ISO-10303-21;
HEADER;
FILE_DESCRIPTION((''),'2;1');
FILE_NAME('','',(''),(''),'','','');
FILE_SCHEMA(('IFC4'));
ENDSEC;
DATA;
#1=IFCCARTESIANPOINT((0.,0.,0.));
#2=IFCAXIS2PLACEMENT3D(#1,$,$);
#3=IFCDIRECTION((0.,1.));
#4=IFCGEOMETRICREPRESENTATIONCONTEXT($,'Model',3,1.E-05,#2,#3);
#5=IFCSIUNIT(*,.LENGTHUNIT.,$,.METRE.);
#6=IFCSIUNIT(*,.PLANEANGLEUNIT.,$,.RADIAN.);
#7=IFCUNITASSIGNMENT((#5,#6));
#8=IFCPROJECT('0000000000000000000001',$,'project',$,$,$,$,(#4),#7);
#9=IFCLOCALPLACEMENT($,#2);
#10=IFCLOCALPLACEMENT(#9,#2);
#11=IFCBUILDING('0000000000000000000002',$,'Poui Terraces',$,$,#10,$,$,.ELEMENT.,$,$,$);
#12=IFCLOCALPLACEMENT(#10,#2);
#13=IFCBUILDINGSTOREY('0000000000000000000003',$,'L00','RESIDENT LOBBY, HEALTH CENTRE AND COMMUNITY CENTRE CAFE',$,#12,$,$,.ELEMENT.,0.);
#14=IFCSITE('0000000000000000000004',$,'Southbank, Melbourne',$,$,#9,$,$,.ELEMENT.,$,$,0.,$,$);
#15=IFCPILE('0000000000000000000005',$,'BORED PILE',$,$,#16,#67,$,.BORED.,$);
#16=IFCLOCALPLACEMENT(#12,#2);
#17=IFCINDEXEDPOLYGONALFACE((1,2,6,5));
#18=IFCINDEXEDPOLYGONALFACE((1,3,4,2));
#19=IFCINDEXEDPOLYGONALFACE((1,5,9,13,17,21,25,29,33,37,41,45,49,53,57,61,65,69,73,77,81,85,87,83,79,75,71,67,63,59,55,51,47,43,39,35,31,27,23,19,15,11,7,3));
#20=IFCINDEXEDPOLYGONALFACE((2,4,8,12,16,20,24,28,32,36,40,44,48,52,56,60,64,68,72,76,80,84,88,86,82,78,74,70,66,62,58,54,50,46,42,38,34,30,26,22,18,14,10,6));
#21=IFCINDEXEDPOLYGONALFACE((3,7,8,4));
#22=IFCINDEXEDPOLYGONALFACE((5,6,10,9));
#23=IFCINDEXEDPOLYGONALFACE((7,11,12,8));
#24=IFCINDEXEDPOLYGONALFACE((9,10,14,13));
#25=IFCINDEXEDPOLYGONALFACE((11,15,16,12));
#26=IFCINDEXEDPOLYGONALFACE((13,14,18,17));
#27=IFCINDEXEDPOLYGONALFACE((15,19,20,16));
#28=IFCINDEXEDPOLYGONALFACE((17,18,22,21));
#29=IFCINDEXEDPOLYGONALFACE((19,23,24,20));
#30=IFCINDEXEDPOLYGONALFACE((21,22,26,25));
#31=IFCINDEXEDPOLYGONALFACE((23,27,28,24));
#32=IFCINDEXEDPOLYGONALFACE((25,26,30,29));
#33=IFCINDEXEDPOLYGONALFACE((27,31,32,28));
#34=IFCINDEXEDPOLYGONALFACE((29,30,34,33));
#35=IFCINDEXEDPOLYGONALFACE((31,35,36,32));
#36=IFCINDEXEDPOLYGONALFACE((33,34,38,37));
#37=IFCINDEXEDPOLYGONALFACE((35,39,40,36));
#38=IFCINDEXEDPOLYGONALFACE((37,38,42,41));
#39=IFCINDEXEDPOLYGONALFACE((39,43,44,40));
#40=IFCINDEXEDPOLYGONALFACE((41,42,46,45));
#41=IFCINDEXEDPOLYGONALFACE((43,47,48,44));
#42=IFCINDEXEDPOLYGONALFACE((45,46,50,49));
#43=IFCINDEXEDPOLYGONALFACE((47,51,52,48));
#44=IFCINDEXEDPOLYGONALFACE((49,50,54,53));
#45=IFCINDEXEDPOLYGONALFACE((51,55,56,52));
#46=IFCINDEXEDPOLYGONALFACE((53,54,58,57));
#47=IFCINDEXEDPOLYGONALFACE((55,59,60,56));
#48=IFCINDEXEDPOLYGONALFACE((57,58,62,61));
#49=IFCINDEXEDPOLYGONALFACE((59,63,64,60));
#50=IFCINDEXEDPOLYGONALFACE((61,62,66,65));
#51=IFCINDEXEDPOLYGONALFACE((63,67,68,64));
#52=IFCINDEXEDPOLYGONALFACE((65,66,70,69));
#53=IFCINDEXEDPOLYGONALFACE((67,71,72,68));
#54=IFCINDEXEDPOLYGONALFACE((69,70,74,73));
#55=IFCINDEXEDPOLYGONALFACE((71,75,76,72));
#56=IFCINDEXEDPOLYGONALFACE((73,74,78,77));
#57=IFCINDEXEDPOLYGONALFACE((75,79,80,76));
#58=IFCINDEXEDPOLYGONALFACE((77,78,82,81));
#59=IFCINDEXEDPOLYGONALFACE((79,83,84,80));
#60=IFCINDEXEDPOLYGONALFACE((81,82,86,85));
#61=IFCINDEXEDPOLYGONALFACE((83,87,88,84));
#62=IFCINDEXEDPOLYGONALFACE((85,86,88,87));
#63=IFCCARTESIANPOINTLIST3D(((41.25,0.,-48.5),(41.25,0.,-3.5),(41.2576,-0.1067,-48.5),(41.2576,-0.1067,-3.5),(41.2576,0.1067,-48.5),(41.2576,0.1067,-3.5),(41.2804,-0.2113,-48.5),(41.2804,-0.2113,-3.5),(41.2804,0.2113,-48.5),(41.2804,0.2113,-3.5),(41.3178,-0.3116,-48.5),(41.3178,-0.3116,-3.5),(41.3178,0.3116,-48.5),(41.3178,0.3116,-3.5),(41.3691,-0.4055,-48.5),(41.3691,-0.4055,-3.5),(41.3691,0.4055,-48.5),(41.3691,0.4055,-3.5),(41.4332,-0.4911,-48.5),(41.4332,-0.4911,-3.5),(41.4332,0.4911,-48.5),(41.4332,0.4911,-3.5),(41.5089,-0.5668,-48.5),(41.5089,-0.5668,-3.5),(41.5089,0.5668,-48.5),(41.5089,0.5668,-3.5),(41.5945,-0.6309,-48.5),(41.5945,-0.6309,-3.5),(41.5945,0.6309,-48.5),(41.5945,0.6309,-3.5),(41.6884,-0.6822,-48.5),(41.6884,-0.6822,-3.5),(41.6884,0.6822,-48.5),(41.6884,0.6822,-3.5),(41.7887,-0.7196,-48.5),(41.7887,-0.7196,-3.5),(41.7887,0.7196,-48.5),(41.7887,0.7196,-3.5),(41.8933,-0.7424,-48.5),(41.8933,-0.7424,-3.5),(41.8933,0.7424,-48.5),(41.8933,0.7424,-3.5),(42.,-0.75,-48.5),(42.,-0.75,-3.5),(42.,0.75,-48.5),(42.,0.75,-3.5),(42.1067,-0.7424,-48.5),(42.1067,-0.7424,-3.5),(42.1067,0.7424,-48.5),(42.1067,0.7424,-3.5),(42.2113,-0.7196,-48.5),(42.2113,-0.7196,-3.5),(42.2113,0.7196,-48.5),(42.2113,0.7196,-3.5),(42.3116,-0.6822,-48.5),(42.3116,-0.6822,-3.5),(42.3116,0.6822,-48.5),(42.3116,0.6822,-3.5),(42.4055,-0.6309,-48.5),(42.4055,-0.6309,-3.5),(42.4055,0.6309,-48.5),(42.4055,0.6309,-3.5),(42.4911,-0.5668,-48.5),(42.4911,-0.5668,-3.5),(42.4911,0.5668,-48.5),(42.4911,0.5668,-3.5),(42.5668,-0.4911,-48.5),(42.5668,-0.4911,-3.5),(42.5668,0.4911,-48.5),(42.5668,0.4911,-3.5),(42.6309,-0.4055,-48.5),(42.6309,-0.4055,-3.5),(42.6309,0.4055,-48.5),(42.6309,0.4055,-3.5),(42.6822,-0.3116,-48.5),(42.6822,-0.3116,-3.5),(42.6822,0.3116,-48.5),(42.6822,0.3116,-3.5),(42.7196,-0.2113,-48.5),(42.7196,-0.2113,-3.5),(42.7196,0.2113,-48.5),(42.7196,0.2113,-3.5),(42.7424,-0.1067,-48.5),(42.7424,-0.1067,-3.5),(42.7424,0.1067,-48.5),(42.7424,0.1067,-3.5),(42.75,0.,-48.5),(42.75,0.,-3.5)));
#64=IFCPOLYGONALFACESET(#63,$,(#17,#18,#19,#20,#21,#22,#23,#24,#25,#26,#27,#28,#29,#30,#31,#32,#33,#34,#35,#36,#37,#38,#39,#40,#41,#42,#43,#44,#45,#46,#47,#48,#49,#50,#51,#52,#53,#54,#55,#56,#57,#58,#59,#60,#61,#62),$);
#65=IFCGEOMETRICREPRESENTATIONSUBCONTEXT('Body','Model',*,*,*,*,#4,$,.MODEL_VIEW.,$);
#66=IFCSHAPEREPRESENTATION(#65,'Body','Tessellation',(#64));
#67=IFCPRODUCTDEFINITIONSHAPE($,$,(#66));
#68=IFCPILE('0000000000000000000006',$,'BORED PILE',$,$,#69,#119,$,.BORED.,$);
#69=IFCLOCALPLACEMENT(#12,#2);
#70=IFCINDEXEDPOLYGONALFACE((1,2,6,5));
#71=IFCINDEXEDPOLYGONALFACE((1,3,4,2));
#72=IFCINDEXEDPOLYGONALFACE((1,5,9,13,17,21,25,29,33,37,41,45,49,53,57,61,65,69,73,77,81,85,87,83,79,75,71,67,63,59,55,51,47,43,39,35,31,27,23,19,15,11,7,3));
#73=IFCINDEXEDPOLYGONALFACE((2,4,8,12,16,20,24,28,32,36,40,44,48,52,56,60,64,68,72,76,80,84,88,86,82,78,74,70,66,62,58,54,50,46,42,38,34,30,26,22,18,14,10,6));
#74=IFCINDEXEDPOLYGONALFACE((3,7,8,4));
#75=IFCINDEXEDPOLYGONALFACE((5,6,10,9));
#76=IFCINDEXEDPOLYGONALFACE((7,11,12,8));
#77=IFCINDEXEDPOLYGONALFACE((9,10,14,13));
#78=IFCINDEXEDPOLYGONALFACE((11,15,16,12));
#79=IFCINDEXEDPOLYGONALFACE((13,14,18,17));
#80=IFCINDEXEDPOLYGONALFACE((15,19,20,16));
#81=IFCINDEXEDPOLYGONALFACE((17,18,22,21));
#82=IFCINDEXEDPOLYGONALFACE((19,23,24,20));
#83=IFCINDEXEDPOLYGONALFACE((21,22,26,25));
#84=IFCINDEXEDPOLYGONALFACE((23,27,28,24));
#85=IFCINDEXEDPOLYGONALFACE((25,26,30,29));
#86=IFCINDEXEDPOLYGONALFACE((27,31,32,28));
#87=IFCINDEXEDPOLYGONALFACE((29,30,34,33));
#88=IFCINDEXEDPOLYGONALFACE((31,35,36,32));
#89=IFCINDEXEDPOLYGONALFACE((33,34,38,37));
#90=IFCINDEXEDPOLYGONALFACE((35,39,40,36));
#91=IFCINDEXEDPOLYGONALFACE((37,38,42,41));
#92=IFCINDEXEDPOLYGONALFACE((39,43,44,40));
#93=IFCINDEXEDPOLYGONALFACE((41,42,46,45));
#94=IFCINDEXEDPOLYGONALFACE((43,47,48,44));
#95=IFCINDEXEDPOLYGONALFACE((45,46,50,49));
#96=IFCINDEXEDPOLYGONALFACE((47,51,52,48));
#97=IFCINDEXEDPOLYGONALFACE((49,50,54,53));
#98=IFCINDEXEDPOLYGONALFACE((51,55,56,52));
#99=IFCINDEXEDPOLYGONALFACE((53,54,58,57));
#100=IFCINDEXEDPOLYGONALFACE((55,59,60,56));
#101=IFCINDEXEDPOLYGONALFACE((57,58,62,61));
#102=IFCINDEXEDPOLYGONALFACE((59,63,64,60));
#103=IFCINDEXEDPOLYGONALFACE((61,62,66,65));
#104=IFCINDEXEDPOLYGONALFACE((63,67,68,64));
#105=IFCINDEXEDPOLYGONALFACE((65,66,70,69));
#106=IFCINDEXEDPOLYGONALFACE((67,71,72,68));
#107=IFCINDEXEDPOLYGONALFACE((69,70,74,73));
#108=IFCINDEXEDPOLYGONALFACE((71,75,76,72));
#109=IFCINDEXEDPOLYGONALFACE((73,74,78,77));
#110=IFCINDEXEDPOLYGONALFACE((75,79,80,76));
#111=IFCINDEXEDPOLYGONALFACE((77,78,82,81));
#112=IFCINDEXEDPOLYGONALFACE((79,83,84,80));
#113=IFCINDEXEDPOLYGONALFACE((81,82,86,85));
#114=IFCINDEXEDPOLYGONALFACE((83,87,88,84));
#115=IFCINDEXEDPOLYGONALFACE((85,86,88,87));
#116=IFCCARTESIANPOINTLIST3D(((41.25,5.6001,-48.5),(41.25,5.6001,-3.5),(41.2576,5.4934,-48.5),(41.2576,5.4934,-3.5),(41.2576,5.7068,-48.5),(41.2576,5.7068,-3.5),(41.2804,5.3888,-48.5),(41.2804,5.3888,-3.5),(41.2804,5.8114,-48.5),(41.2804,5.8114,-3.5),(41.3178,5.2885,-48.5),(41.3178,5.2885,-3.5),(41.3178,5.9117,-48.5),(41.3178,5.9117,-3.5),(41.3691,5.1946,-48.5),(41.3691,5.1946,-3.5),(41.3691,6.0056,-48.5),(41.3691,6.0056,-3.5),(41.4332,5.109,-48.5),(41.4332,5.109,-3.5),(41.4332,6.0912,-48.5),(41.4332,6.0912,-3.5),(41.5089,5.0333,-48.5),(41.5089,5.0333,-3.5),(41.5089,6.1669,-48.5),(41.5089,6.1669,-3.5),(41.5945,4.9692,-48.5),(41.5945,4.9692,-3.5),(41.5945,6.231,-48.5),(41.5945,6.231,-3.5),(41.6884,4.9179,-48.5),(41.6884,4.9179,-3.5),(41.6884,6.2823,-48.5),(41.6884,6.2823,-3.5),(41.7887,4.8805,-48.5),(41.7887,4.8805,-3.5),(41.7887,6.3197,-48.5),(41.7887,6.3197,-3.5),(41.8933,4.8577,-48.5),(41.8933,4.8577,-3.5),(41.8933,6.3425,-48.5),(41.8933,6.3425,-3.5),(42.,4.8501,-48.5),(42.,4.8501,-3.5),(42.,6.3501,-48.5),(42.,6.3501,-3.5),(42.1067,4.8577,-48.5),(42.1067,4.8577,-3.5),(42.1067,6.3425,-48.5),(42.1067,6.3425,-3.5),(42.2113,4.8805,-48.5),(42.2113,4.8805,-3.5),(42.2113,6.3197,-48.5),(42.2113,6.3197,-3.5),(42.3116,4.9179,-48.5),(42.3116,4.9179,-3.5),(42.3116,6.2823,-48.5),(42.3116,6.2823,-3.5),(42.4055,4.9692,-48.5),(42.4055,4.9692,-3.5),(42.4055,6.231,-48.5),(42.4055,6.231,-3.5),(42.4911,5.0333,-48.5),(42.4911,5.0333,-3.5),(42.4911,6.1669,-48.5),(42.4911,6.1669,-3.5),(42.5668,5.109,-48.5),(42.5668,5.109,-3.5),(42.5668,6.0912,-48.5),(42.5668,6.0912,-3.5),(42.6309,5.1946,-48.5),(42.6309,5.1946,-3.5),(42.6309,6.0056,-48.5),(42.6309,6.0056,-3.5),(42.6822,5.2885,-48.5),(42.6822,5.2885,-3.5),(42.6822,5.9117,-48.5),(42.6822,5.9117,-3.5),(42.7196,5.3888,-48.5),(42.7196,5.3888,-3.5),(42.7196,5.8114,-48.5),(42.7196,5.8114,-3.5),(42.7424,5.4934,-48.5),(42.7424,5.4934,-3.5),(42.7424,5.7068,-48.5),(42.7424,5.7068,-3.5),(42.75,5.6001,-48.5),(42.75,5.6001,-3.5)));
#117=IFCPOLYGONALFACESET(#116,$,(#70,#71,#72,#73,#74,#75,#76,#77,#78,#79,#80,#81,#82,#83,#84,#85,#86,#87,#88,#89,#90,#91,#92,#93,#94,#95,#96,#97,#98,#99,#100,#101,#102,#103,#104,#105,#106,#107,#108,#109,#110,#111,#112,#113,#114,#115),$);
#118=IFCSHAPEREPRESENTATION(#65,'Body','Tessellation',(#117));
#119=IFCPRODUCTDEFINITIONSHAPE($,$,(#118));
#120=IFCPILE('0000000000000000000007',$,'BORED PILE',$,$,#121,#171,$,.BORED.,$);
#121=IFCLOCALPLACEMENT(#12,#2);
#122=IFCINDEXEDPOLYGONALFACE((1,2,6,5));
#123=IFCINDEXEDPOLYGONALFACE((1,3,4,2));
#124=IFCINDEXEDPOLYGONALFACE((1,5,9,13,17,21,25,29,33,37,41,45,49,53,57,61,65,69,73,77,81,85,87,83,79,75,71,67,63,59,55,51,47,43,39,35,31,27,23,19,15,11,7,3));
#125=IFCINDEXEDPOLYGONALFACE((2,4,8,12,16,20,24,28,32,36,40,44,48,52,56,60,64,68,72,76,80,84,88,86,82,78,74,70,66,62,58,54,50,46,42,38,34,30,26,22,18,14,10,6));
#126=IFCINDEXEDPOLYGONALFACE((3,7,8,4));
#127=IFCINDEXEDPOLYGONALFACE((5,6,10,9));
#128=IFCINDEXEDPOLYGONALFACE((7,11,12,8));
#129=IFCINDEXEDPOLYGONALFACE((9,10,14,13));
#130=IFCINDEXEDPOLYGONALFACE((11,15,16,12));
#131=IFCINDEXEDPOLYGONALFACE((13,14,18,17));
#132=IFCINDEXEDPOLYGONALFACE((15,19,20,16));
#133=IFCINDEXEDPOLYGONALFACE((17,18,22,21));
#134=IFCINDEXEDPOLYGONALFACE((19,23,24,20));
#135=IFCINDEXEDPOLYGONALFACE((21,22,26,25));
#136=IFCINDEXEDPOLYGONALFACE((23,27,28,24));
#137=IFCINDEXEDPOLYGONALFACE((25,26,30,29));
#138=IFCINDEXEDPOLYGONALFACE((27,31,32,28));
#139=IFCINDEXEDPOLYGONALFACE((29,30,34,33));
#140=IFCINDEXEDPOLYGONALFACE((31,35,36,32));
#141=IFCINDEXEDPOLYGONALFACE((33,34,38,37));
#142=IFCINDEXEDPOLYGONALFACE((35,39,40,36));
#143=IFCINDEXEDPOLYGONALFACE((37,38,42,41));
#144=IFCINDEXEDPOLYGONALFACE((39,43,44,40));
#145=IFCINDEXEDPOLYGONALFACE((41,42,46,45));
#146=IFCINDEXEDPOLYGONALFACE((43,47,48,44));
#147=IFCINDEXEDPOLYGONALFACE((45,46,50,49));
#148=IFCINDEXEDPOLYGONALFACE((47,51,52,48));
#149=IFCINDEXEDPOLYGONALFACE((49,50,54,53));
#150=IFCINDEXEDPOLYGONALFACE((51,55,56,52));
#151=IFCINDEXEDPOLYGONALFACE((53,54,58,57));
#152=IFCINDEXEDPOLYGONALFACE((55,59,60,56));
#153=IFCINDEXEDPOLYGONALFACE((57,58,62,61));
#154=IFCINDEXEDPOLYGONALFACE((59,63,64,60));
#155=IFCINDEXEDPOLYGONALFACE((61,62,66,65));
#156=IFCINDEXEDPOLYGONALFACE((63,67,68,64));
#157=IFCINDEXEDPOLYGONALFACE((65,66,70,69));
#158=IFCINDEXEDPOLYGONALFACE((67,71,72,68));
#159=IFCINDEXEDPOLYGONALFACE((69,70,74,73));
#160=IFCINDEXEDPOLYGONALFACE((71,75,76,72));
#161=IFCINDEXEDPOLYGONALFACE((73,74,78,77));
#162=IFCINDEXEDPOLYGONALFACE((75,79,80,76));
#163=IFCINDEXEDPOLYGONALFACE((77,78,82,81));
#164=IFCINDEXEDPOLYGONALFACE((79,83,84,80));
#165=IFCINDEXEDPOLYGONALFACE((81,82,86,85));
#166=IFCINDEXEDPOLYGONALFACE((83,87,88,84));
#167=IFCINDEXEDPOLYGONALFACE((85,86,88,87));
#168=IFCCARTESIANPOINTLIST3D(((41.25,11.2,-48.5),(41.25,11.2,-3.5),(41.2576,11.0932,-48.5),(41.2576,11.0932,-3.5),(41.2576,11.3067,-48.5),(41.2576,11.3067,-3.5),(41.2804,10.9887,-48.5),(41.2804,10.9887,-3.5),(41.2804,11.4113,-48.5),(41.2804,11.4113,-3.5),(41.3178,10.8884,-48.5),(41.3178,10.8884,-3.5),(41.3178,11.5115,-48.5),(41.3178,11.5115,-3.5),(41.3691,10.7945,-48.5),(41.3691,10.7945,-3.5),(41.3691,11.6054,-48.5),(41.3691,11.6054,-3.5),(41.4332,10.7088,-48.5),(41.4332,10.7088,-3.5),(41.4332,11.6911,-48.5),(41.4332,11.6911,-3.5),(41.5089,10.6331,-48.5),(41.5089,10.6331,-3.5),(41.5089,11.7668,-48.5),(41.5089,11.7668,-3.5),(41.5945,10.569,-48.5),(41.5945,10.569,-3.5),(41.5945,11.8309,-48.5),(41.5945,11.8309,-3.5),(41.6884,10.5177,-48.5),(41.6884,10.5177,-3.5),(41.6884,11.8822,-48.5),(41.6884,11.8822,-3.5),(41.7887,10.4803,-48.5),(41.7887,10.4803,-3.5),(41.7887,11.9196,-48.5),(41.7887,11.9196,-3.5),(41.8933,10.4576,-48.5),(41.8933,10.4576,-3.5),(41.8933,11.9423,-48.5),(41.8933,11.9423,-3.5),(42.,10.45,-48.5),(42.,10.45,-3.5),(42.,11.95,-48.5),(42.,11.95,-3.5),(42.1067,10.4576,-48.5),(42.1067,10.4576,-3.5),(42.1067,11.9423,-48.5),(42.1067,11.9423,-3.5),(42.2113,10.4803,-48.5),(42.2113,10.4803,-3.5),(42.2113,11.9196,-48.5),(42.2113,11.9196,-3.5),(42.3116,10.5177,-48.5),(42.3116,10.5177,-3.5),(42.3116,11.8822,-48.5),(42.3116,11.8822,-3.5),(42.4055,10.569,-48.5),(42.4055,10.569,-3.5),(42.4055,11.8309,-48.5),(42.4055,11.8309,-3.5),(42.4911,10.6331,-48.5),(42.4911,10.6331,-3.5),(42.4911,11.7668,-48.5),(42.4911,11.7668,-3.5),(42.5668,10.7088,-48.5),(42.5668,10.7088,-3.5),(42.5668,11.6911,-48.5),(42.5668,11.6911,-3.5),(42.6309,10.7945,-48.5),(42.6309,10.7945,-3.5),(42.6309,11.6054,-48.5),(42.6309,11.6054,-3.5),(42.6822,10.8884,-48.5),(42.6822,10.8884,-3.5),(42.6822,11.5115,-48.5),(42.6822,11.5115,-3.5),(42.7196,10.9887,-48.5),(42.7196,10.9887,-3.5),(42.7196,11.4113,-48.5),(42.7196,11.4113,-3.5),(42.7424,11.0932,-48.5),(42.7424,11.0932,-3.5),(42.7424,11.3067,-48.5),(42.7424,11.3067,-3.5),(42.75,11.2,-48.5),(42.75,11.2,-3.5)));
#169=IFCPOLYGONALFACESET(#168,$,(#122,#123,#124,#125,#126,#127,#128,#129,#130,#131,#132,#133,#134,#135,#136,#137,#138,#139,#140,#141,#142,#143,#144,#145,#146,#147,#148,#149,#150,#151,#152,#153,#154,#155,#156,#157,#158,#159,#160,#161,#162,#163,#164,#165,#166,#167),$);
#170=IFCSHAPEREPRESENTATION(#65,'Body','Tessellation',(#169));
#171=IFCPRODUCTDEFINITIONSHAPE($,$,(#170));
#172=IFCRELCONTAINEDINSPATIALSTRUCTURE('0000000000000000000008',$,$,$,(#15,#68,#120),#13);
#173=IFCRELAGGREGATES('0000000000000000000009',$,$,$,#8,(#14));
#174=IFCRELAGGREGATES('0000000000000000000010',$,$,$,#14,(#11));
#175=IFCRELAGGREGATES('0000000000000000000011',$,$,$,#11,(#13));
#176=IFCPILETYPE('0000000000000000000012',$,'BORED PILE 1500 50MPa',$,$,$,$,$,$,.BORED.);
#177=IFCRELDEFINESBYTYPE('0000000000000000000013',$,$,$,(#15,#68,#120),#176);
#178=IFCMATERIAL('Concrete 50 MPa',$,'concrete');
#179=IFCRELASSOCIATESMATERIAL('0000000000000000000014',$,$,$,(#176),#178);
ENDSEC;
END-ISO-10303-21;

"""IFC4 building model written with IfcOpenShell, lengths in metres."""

from ifc_helpers import new_model, si_unit, direction, frame, origin, origin_2d, place, context, subcontext, project, spatial, circle, extrude, material, material_profile, profile_set, type_object, element, save


model = new_model("IFC4")

# Units and contexts
model_context = context("Model", 3, precision=1e-05, world=origin(), true_north=direction((0.0, 1.0)))
body_context = subcontext(model_context, "Body", "Model", "MODEL_VIEW")
ifc_project = project(units=[si_unit("LENGTHUNIT", "METRE"), si_unit("PLANEANGLEUNIT", "RADIAN")], contexts=[model_context])

# Site, building, storey
site_placement = place(None, origin())
site = spatial("IfcSite", under=ifc_project, at=site_placement, Name="Southbank, Melbourne", CompositionType="ELEMENT", RefElevation=0.0)
building_placement = place(site_placement, origin())
building = spatial("IfcBuilding", under=site, at=building_placement, Name="Poui Terraces", CompositionType="ELEMENT")
storey_placement = place(building_placement, origin())
storey = spatial("IfcBuildingStorey", under=building, at=storey_placement, Name="L00", Description="RESIDENT LOBBY, HEALTH CENTRE AND COMMUNITY CENTRE CAFE", CompositionType="ELEMENT", Elevation=0.0)

# Piles
ifc_material_1 = material(Name="Concrete 50 MPa", Category="concrete")
ifc_material_profile_1 = material_profile(ifc_material_1, circle(Radius=0.75, at=origin_2d()), Name="RC D1500")
ifc_profile_set_1 = profile_set([ifc_material_profile_1], Name="Concrete 50 MPa")
pile_type = type_object("IfcPileType", Name="BORED PILE 1500 50MPa", PredefinedType="BORED", material=ifc_profile_set_1)
for number, where, z_axis, x_axis, name in (
    (1, (42.0, 0.0, -3.5), (0.0, 0.0, -1.0), (1.0, 0.0, 0.0), "BORED PILE"),
    (2, (42.0, 5.6001, -3.5), (0.0, 0.0, -1.0), (1.0, 0.0, 0.0), "BORED PILE"),
    (3, (42.0, 11.2, -3.5), (0.0, 0.0, -1.0), (1.0, 0.0, 0.0), "BORED PILE"),
):
    element("IfcPile", number, at=place(storey_placement, frame(where, z_axis=z_axis, x_axis=x_axis)), inside=storey, type_object=pile_type, Name=name, PredefinedType="BORED", context=body_context, shape_type="SweptSolid", body=[
        extrude(circle(Radius=0.75, at=origin_2d()), origin(), (0.0, 0.0, 1.0), 45.0),
    ])

save(model, "model.ifc")
